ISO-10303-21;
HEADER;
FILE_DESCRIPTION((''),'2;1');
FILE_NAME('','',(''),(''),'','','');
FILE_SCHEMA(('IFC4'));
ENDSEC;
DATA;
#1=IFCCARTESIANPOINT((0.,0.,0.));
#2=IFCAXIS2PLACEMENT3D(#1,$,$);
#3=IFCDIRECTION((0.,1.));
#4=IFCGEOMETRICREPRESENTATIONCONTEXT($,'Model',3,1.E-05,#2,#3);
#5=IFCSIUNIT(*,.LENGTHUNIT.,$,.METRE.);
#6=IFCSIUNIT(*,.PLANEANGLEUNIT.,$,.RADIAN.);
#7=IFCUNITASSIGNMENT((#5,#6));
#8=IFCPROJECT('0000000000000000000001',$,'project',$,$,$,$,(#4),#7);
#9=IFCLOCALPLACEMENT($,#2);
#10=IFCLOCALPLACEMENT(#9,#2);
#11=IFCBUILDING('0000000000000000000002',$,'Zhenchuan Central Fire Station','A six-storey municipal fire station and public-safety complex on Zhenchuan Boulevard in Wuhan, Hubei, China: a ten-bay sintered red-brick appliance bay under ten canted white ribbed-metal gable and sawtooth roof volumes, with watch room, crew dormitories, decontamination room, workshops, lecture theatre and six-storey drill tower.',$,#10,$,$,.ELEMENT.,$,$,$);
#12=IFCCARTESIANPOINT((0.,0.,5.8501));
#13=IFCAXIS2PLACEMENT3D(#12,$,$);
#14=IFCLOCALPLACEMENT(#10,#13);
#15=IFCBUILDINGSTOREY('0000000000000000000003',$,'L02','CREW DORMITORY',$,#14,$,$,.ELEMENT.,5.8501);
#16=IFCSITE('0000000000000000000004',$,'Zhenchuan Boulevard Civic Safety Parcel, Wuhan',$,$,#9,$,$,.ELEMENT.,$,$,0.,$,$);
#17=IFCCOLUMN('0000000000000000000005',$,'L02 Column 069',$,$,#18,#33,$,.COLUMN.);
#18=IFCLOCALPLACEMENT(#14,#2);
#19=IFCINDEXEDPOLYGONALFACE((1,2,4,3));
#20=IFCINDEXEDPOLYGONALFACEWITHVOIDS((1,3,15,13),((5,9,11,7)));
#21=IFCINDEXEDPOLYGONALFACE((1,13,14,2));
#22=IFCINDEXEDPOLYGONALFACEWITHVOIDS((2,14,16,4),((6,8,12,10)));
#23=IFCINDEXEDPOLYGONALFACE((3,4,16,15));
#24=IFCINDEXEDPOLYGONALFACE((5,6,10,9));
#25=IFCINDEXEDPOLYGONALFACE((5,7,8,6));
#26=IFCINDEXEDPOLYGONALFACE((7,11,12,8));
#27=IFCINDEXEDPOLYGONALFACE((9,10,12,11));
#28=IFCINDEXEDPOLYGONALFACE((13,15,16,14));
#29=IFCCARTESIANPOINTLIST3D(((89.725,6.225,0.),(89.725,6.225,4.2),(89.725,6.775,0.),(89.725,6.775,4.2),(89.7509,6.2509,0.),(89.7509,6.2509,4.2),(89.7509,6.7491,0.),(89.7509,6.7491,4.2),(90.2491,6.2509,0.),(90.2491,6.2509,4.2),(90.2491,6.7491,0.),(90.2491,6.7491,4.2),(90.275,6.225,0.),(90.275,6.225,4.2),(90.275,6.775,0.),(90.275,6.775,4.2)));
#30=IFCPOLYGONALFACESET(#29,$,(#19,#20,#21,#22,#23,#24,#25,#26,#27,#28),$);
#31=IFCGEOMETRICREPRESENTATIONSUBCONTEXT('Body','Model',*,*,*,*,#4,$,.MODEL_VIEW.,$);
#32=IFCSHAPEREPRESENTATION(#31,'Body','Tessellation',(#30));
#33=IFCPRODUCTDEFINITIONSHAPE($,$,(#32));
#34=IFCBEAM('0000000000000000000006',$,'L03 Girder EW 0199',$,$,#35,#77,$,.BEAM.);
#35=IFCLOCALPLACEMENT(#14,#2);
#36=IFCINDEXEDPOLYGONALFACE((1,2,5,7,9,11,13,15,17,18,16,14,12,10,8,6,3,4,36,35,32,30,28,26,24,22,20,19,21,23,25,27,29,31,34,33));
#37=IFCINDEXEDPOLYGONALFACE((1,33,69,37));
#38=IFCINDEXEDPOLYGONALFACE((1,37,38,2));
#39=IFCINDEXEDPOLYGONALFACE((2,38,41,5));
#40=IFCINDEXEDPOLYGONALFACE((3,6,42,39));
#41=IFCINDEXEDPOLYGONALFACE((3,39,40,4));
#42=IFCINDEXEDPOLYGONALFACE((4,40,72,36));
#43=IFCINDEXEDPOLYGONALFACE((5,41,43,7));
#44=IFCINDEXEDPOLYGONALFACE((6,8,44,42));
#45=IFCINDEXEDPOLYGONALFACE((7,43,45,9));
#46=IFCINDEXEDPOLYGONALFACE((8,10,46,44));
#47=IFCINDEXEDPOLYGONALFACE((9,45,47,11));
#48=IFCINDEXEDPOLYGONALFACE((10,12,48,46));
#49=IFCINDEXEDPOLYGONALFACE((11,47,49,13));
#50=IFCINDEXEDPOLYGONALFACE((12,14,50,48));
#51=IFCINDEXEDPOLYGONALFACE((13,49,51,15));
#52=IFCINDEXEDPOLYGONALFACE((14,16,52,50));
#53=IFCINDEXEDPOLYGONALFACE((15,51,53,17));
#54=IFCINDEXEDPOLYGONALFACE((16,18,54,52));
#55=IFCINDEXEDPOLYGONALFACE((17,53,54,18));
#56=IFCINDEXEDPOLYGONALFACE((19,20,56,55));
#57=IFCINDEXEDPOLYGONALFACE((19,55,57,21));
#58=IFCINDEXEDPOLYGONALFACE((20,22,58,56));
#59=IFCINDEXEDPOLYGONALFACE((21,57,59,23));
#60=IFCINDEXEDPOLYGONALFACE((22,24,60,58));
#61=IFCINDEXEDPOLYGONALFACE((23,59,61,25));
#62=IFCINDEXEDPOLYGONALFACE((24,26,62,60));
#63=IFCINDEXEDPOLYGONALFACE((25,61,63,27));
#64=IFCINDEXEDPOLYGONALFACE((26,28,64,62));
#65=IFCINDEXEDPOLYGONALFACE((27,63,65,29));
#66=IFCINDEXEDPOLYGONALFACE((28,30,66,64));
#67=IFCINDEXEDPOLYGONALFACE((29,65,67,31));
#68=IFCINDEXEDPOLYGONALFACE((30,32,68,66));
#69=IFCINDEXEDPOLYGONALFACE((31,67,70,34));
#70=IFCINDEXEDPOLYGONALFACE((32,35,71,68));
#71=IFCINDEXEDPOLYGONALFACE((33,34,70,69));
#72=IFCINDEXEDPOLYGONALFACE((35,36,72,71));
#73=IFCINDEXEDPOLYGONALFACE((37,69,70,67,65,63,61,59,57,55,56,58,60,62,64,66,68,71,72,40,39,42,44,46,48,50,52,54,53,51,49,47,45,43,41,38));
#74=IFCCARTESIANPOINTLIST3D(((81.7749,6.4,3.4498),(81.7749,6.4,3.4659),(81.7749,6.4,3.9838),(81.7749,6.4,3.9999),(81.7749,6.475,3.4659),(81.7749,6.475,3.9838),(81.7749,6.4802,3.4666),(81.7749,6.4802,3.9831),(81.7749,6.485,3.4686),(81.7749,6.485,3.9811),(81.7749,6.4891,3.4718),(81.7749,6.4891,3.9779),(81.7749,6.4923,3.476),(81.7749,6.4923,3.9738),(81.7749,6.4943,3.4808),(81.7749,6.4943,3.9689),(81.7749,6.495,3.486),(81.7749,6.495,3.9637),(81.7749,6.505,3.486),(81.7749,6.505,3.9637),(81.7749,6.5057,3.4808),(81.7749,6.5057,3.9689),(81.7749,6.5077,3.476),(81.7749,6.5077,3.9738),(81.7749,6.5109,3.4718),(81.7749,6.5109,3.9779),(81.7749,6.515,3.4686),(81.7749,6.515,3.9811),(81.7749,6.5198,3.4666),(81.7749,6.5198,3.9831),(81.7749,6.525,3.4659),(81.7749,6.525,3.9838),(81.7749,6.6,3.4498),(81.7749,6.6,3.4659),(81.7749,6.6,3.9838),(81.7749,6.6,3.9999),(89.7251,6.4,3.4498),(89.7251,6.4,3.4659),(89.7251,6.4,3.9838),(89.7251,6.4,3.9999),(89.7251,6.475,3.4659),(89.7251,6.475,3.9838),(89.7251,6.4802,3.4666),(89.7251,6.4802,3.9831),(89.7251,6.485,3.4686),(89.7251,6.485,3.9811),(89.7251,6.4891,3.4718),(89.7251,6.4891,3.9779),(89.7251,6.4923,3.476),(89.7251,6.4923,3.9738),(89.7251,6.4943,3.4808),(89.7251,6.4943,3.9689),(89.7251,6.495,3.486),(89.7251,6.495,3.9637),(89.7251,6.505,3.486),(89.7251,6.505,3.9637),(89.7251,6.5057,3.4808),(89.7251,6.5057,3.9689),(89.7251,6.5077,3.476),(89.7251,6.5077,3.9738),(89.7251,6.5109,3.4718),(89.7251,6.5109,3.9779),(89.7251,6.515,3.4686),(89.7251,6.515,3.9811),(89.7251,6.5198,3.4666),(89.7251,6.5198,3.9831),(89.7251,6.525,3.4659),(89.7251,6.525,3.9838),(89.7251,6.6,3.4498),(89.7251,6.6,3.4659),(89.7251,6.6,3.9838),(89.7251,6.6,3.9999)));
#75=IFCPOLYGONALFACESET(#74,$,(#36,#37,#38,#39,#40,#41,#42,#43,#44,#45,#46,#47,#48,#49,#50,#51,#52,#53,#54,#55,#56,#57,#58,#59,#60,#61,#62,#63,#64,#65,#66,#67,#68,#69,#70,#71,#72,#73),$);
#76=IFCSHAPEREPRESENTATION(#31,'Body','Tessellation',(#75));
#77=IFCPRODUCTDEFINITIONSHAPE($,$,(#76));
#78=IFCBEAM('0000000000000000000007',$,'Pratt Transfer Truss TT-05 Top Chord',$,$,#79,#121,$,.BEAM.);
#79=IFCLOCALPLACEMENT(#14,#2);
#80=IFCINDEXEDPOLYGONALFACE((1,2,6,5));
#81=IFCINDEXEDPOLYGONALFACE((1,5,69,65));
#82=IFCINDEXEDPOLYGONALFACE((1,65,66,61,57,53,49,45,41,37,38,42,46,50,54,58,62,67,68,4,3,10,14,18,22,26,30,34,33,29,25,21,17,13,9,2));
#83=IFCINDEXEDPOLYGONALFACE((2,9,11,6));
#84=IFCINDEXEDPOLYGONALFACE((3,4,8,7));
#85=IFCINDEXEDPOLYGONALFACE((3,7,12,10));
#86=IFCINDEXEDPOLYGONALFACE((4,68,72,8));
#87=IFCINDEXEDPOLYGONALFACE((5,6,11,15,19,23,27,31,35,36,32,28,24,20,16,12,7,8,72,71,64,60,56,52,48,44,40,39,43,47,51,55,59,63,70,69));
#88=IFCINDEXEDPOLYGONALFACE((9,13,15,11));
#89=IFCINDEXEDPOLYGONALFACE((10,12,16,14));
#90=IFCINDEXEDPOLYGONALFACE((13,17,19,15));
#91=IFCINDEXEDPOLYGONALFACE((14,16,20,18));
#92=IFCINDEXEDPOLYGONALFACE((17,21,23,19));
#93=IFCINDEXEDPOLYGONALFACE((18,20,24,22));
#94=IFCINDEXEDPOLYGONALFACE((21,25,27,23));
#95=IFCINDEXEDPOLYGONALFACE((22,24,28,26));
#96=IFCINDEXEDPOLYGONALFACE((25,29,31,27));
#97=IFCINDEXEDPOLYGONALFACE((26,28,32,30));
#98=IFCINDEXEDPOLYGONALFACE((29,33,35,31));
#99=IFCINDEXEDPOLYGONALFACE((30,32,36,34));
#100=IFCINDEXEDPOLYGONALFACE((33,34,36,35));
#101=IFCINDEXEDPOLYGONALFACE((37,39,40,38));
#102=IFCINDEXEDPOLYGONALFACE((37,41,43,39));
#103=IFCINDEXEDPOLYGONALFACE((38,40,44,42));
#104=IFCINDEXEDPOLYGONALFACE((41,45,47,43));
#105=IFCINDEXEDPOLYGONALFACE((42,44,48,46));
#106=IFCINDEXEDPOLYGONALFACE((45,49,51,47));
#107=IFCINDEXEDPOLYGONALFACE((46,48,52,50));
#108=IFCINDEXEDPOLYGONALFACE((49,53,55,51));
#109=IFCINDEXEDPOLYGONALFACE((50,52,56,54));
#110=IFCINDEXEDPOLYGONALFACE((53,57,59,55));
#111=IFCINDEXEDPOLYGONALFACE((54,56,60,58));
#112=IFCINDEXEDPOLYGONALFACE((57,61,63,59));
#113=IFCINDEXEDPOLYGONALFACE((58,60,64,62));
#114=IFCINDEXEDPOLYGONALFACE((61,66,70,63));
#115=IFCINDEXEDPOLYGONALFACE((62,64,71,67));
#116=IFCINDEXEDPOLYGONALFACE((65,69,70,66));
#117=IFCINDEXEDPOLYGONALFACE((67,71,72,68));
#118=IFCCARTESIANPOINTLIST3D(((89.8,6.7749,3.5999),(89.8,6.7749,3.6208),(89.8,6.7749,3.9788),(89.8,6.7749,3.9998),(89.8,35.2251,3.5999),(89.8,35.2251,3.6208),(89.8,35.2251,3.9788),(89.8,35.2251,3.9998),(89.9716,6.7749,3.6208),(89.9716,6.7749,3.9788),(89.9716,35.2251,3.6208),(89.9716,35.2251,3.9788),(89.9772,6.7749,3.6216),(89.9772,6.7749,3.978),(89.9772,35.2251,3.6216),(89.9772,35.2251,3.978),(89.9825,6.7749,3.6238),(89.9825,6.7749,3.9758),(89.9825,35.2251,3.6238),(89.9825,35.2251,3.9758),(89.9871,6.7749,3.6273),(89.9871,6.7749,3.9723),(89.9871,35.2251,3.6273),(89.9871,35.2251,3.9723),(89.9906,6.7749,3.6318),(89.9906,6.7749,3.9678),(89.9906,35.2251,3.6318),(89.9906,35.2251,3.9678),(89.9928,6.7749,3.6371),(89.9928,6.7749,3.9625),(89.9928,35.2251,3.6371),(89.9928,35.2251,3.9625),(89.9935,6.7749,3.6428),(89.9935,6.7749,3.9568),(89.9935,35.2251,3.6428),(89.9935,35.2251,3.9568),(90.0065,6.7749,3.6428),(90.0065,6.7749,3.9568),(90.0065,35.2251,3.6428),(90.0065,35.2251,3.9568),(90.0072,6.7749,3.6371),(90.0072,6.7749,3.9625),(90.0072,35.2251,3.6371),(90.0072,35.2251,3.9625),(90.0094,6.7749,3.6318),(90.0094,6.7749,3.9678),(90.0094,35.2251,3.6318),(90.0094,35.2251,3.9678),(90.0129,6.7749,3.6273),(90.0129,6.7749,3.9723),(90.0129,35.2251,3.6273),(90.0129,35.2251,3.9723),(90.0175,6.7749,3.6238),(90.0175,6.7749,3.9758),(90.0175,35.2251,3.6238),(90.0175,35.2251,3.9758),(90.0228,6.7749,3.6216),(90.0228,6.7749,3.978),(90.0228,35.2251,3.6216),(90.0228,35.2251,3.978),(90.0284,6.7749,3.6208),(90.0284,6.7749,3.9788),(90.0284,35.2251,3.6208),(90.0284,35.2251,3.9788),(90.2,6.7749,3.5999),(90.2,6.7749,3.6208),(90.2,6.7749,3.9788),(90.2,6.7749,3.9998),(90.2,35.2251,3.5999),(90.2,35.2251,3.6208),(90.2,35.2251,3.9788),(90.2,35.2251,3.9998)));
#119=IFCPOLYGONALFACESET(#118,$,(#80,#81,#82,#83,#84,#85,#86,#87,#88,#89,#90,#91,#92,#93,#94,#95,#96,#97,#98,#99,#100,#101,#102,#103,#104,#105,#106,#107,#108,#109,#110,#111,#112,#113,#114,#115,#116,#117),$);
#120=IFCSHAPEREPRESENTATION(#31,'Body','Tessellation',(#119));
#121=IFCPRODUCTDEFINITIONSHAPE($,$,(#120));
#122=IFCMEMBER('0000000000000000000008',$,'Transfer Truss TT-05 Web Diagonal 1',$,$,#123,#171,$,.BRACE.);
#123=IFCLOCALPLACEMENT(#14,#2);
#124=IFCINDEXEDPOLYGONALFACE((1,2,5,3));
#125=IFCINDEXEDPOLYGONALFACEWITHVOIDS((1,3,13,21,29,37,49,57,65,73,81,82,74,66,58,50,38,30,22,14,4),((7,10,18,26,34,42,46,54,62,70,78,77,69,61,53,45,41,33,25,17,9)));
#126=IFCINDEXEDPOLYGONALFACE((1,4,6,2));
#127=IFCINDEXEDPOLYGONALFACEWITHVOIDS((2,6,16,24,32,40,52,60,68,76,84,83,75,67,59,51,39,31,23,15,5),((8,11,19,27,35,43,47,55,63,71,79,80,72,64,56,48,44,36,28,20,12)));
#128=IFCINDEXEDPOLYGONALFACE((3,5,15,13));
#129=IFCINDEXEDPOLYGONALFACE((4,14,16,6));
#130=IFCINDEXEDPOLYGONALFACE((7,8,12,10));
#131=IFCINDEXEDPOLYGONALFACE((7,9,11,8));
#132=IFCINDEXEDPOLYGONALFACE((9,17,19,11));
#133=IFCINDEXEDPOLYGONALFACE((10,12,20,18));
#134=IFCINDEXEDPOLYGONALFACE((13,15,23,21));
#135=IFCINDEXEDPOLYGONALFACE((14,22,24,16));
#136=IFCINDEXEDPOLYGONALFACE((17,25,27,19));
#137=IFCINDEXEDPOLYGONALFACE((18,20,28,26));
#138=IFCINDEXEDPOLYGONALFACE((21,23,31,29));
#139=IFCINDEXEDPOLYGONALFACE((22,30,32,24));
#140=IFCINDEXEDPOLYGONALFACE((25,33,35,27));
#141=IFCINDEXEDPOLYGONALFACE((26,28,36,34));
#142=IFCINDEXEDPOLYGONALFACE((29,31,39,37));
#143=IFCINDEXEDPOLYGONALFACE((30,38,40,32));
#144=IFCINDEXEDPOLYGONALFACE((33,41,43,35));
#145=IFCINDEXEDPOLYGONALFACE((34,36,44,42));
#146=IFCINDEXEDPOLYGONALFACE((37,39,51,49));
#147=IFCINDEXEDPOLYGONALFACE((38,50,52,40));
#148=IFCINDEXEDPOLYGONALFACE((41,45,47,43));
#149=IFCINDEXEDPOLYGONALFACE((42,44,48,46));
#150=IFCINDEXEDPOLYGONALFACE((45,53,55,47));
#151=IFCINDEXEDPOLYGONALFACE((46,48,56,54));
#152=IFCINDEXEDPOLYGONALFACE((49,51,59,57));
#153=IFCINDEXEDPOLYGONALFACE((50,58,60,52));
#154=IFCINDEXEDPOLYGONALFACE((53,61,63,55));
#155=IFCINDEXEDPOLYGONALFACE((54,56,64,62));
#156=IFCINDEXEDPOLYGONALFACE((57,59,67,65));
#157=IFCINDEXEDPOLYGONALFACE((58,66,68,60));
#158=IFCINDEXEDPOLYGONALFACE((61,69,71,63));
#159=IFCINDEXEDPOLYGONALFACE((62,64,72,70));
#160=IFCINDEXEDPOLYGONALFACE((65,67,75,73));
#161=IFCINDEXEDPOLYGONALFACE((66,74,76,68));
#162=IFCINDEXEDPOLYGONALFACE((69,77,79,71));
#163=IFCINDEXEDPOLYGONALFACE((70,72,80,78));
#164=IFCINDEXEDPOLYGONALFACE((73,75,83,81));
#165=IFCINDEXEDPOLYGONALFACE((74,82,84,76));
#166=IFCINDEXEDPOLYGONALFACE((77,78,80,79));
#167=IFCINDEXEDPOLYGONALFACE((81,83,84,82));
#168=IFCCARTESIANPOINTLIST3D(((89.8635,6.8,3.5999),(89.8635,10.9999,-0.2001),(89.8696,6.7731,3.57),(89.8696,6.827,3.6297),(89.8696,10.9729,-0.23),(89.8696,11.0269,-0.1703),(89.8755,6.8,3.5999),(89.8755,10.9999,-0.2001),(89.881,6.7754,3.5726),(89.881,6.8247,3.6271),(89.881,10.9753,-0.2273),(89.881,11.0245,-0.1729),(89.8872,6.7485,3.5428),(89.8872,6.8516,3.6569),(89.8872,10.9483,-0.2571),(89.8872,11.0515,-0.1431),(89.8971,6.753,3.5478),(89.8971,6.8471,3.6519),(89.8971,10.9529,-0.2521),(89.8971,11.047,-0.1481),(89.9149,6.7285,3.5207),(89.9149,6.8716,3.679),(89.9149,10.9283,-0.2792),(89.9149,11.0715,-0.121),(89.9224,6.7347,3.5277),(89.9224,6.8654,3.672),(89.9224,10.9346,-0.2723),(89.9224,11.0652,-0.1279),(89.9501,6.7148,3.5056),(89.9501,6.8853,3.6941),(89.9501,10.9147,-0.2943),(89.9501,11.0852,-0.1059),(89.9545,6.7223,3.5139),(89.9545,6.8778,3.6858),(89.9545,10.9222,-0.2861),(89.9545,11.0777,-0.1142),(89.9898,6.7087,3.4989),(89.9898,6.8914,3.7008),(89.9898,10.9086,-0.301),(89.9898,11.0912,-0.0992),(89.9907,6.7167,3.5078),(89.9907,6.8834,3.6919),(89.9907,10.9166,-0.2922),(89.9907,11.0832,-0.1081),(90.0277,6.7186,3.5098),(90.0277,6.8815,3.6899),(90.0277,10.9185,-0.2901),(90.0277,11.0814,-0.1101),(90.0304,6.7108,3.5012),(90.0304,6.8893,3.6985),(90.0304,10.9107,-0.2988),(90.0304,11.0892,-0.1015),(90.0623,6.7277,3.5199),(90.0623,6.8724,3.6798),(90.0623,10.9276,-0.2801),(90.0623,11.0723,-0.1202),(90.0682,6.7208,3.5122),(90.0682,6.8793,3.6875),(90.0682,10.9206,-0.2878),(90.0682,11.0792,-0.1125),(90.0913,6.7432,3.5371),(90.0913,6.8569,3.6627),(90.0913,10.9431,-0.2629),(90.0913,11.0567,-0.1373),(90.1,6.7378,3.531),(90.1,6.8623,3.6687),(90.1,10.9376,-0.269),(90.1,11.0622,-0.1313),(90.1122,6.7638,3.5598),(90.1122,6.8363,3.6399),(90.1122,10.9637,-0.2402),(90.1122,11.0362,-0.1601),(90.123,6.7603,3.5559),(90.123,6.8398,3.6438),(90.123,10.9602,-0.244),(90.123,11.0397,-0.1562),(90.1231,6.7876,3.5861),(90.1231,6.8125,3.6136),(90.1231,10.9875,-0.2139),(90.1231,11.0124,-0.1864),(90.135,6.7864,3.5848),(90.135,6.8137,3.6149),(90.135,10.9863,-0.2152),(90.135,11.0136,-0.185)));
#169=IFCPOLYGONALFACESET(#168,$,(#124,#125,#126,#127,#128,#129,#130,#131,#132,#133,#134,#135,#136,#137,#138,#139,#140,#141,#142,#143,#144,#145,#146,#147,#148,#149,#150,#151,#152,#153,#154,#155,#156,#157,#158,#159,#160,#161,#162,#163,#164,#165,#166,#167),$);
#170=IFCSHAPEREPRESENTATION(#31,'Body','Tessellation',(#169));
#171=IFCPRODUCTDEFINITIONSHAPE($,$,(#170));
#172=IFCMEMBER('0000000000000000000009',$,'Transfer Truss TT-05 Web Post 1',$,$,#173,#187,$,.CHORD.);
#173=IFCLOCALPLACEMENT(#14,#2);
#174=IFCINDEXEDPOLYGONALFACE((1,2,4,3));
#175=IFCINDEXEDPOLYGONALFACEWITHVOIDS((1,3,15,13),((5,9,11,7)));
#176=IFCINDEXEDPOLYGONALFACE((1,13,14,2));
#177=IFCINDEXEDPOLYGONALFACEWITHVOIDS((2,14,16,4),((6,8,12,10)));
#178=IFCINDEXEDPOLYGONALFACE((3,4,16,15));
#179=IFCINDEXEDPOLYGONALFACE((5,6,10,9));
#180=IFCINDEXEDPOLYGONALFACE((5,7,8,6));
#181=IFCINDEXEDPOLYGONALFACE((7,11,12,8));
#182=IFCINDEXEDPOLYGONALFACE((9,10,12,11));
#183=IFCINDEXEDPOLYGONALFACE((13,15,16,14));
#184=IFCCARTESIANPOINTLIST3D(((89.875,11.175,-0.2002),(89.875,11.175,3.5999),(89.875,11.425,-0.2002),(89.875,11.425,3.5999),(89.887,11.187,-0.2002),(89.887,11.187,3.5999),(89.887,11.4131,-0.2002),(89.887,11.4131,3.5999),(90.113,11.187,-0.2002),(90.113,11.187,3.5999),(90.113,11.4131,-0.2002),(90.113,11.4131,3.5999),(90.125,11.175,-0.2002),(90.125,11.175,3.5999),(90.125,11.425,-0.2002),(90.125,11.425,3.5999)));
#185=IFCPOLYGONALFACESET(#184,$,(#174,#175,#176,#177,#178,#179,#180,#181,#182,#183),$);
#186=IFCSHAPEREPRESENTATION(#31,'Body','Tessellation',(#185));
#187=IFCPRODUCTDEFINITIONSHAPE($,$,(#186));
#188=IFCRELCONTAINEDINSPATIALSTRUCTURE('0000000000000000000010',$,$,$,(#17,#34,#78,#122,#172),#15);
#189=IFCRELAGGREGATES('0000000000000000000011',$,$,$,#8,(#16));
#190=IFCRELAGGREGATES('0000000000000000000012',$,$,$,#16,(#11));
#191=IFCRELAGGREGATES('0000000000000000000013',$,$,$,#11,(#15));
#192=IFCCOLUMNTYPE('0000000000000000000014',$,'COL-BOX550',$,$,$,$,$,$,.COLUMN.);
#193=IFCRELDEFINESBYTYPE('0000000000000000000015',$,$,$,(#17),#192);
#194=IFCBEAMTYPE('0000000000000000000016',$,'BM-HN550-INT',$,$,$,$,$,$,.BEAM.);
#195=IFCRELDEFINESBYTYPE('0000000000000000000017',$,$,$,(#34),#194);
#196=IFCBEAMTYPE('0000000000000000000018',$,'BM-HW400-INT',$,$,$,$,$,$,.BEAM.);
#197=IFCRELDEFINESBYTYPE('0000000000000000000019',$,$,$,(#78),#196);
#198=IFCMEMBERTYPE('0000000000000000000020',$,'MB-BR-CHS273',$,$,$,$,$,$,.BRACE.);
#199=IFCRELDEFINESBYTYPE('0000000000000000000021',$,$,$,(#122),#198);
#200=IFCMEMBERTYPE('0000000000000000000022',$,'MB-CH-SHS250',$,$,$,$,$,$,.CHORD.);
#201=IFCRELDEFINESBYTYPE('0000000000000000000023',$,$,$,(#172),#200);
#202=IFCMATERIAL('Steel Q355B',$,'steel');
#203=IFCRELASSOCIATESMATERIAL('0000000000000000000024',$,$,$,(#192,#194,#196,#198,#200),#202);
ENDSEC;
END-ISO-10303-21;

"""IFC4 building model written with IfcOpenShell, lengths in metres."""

from ifc_helpers import new_model, si_unit, direction, frame, origin, origin_2d, place, context, subcontext, project, spatial, hollow_rectangle, hollow_circle, i_section, extrude, material, material_profile, profile_set, type_object, element, save


model = new_model("IFC4")

# Units and contexts
model_context = context("Model", 3, precision=1e-05, world=origin(), true_north=direction((0.0, 1.0)))
body_context = subcontext(model_context, "Body", "Model", "MODEL_VIEW")
ifc_project = project(units=[si_unit("LENGTHUNIT", "METRE"), si_unit("PLANEANGLEUNIT", "RADIAN")], contexts=[model_context])

# Site, building, storey
site_placement = place(None, origin())
site = spatial("IfcSite", under=ifc_project, at=site_placement, Name="Zhenchuan Boulevard Civic Safety Parcel, Wuhan", CompositionType="ELEMENT", RefElevation=0.0)
building_placement = place(site_placement, origin())
building = spatial("IfcBuilding", under=site, at=building_placement, Name="Zhenchuan Central Fire Station", Description="A six-storey municipal fire station and public-safety complex on Zhenchuan Boulevard in Wuhan, Hubei, China: a ten-bay sintered red-brick appliance bay under ten canted white ribbed-metal gable and sawtooth roof volumes, with watch room, crew dormitories, decontamination room, workshops, lecture theatre and six-storey drill tower.", CompositionType="ELEMENT")
storey_placement = place(building_placement, frame((0.0, 0.0, 5.8501)))
storey = spatial("IfcBuildingStorey", under=building, at=storey_placement, Name="L02", Description="CREW DORMITORY", CompositionType="ELEMENT", Elevation=5.8501)

# Column
ifc_material_1 = material(Name="Steel Q355B", Category="steel")
ifc_material_profile_1 = material_profile(ifc_material_1, hollow_rectangle(XDim=0.55, YDim=0.55, WallThickness=0.0259, at=origin_2d()), Name="BOX 550x550x26")
ifc_profile_set_1 = profile_set([ifc_material_profile_1], Name="Steel Q355B")
column_type = type_object("IfcColumnType", Name="COL-BOX550", PredefinedType="COLUMN", material=ifc_profile_set_1)
column_placement = place(storey_placement, frame((90.0, 6.5, 0.0), z_axis=(0.0, 0.0, 1.0), x_axis=(1.0, 0.0, 0.0)))
element("IfcColumn", 1, at=column_placement, inside=storey, type_object=column_type, Name="L02 Column 069", PredefinedType="COLUMN", context=body_context, shape_type="SweptSolid", body=[
    extrude(hollow_rectangle(XDim=0.55, YDim=0.55, WallThickness=0.0259, at=origin_2d()), origin(), (0.0, 0.0, 1.0), 4.2),
])

# Beams
ifc_material_profile_2 = material_profile(ifc_material_1, i_section(OverallWidth=0.2, OverallDepth=0.55, WebThickness=0.01, FlangeThickness=0.0161, FilletRadius=0.02, at=origin_2d()), Name="HN 550x200")
ifc_profile_set_2 = profile_set([ifc_material_profile_2], Name="Steel Q355B")
beam_type_1 = type_object("IfcBeamType", Name="BM-HN550-INT", PredefinedType="BEAM", material=ifc_profile_set_2)
beam_1_placement = place(storey_placement, frame((81.7749, 6.5, 3.7249), z_axis=(1.0, 0.0, 0.0), x_axis=(0.0, 1.0, 0.0)))
element("IfcBeam", 2, at=beam_1_placement, inside=storey, type_object=beam_type_1, Name="L03 Girder EW 0199", PredefinedType="BEAM", context=body_context, shape_type="SweptSolid", body=[
    extrude(i_section(OverallWidth=0.2, OverallDepth=0.55, WebThickness=0.01, FlangeThickness=0.0161, FilletRadius=0.02, at=origin_2d()), origin(), (0.0, 0.0, 1.0), 7.9502),
])
ifc_material_profile_3 = material_profile(ifc_material_1, i_section(OverallWidth=0.3999, OverallDepth=0.3999, WebThickness=0.0129, FlangeThickness=0.021, FilletRadius=0.022, at=origin_2d()), Name="HW 400x400")
ifc_profile_set_3 = profile_set([ifc_material_profile_3], Name="Steel Q355B")
beam_type_2 = type_object("IfcBeamType", Name="BM-HW400-INT", PredefinedType="BEAM", material=ifc_profile_set_3)
beam_2_placement = place(storey_placement, frame((90.0, 6.7749, 3.7998), z_axis=(0.0, 1.0, 0.0), x_axis=(-1.0, 0.0, 0.0)))
element("IfcBeam", 3, at=beam_2_placement, inside=storey, type_object=beam_type_2, Name="Pratt Transfer Truss TT-05 Top Chord", PredefinedType="BEAM", context=body_context, shape_type="SweptSolid", body=[
    extrude(i_section(OverallWidth=0.3999, OverallDepth=0.3999, WebThickness=0.0129, FlangeThickness=0.021, FilletRadius=0.022, at=origin_2d()), origin(), (0.0, 0.0, 1.0), 28.4502),
])

# Members
ifc_material_profile_4 = material_profile(ifc_material_1, hollow_circle(Radius=0.1365, WallThickness=0.012, at=origin_2d()), Name="CHS 273x12")
ifc_profile_set_4 = profile_set([ifc_material_profile_4], Name="Steel Q355B")
member_type_1 = type_object("IfcMemberType", Name="MB-BR-CHS273", PredefinedType="BRACE", material=ifc_profile_set_4)
member_1_placement = place(storey_placement, frame((90.0, 6.8, 3.5999), z_axis=(0.0, 0.741528, -0.670922), x_axis=(-1.0, 0.0, 0.0)))
element("IfcMember", 4, at=member_1_placement, inside=storey, type_object=member_type_1, Name="Transfer Truss TT-05 Web Diagonal 1", PredefinedType="BRACE", context=body_context, shape_type="SweptSolid", body=[
    extrude(hollow_circle(Radius=0.1365, WallThickness=0.012, at=origin_2d()), origin(), (0.0, 0.0, 1.0), 5.6638),
])
ifc_material_profile_5 = material_profile(ifc_material_1, hollow_rectangle(XDim=0.25, YDim=0.25, WallThickness=0.012, at=origin_2d()), Name="SHS 250x250x12")
ifc_profile_set_5 = profile_set([ifc_material_profile_5], Name="Steel Q355B")
member_type_2 = type_object("IfcMemberType", Name="MB-CH-SHS250", PredefinedType="CHORD", material=ifc_profile_set_5)
member_2_placement = place(storey_placement, frame((90.0, 11.3, -0.2002), z_axis=(0.0, 0.0, 1.0), x_axis=(1.0, 0.0, 0.0)))
element("IfcMember", 5, at=member_2_placement, inside=storey, type_object=member_type_2, Name="Transfer Truss TT-05 Web Post 1", PredefinedType="CHORD", context=body_context, shape_type="SweptSolid", body=[
    extrude(hollow_rectangle(XDim=0.25, YDim=0.25, WallThickness=0.012, at=origin_2d()), origin(), (0.0, 0.0, 1.0), 3.8),
])

save(model, "model.ifc")
